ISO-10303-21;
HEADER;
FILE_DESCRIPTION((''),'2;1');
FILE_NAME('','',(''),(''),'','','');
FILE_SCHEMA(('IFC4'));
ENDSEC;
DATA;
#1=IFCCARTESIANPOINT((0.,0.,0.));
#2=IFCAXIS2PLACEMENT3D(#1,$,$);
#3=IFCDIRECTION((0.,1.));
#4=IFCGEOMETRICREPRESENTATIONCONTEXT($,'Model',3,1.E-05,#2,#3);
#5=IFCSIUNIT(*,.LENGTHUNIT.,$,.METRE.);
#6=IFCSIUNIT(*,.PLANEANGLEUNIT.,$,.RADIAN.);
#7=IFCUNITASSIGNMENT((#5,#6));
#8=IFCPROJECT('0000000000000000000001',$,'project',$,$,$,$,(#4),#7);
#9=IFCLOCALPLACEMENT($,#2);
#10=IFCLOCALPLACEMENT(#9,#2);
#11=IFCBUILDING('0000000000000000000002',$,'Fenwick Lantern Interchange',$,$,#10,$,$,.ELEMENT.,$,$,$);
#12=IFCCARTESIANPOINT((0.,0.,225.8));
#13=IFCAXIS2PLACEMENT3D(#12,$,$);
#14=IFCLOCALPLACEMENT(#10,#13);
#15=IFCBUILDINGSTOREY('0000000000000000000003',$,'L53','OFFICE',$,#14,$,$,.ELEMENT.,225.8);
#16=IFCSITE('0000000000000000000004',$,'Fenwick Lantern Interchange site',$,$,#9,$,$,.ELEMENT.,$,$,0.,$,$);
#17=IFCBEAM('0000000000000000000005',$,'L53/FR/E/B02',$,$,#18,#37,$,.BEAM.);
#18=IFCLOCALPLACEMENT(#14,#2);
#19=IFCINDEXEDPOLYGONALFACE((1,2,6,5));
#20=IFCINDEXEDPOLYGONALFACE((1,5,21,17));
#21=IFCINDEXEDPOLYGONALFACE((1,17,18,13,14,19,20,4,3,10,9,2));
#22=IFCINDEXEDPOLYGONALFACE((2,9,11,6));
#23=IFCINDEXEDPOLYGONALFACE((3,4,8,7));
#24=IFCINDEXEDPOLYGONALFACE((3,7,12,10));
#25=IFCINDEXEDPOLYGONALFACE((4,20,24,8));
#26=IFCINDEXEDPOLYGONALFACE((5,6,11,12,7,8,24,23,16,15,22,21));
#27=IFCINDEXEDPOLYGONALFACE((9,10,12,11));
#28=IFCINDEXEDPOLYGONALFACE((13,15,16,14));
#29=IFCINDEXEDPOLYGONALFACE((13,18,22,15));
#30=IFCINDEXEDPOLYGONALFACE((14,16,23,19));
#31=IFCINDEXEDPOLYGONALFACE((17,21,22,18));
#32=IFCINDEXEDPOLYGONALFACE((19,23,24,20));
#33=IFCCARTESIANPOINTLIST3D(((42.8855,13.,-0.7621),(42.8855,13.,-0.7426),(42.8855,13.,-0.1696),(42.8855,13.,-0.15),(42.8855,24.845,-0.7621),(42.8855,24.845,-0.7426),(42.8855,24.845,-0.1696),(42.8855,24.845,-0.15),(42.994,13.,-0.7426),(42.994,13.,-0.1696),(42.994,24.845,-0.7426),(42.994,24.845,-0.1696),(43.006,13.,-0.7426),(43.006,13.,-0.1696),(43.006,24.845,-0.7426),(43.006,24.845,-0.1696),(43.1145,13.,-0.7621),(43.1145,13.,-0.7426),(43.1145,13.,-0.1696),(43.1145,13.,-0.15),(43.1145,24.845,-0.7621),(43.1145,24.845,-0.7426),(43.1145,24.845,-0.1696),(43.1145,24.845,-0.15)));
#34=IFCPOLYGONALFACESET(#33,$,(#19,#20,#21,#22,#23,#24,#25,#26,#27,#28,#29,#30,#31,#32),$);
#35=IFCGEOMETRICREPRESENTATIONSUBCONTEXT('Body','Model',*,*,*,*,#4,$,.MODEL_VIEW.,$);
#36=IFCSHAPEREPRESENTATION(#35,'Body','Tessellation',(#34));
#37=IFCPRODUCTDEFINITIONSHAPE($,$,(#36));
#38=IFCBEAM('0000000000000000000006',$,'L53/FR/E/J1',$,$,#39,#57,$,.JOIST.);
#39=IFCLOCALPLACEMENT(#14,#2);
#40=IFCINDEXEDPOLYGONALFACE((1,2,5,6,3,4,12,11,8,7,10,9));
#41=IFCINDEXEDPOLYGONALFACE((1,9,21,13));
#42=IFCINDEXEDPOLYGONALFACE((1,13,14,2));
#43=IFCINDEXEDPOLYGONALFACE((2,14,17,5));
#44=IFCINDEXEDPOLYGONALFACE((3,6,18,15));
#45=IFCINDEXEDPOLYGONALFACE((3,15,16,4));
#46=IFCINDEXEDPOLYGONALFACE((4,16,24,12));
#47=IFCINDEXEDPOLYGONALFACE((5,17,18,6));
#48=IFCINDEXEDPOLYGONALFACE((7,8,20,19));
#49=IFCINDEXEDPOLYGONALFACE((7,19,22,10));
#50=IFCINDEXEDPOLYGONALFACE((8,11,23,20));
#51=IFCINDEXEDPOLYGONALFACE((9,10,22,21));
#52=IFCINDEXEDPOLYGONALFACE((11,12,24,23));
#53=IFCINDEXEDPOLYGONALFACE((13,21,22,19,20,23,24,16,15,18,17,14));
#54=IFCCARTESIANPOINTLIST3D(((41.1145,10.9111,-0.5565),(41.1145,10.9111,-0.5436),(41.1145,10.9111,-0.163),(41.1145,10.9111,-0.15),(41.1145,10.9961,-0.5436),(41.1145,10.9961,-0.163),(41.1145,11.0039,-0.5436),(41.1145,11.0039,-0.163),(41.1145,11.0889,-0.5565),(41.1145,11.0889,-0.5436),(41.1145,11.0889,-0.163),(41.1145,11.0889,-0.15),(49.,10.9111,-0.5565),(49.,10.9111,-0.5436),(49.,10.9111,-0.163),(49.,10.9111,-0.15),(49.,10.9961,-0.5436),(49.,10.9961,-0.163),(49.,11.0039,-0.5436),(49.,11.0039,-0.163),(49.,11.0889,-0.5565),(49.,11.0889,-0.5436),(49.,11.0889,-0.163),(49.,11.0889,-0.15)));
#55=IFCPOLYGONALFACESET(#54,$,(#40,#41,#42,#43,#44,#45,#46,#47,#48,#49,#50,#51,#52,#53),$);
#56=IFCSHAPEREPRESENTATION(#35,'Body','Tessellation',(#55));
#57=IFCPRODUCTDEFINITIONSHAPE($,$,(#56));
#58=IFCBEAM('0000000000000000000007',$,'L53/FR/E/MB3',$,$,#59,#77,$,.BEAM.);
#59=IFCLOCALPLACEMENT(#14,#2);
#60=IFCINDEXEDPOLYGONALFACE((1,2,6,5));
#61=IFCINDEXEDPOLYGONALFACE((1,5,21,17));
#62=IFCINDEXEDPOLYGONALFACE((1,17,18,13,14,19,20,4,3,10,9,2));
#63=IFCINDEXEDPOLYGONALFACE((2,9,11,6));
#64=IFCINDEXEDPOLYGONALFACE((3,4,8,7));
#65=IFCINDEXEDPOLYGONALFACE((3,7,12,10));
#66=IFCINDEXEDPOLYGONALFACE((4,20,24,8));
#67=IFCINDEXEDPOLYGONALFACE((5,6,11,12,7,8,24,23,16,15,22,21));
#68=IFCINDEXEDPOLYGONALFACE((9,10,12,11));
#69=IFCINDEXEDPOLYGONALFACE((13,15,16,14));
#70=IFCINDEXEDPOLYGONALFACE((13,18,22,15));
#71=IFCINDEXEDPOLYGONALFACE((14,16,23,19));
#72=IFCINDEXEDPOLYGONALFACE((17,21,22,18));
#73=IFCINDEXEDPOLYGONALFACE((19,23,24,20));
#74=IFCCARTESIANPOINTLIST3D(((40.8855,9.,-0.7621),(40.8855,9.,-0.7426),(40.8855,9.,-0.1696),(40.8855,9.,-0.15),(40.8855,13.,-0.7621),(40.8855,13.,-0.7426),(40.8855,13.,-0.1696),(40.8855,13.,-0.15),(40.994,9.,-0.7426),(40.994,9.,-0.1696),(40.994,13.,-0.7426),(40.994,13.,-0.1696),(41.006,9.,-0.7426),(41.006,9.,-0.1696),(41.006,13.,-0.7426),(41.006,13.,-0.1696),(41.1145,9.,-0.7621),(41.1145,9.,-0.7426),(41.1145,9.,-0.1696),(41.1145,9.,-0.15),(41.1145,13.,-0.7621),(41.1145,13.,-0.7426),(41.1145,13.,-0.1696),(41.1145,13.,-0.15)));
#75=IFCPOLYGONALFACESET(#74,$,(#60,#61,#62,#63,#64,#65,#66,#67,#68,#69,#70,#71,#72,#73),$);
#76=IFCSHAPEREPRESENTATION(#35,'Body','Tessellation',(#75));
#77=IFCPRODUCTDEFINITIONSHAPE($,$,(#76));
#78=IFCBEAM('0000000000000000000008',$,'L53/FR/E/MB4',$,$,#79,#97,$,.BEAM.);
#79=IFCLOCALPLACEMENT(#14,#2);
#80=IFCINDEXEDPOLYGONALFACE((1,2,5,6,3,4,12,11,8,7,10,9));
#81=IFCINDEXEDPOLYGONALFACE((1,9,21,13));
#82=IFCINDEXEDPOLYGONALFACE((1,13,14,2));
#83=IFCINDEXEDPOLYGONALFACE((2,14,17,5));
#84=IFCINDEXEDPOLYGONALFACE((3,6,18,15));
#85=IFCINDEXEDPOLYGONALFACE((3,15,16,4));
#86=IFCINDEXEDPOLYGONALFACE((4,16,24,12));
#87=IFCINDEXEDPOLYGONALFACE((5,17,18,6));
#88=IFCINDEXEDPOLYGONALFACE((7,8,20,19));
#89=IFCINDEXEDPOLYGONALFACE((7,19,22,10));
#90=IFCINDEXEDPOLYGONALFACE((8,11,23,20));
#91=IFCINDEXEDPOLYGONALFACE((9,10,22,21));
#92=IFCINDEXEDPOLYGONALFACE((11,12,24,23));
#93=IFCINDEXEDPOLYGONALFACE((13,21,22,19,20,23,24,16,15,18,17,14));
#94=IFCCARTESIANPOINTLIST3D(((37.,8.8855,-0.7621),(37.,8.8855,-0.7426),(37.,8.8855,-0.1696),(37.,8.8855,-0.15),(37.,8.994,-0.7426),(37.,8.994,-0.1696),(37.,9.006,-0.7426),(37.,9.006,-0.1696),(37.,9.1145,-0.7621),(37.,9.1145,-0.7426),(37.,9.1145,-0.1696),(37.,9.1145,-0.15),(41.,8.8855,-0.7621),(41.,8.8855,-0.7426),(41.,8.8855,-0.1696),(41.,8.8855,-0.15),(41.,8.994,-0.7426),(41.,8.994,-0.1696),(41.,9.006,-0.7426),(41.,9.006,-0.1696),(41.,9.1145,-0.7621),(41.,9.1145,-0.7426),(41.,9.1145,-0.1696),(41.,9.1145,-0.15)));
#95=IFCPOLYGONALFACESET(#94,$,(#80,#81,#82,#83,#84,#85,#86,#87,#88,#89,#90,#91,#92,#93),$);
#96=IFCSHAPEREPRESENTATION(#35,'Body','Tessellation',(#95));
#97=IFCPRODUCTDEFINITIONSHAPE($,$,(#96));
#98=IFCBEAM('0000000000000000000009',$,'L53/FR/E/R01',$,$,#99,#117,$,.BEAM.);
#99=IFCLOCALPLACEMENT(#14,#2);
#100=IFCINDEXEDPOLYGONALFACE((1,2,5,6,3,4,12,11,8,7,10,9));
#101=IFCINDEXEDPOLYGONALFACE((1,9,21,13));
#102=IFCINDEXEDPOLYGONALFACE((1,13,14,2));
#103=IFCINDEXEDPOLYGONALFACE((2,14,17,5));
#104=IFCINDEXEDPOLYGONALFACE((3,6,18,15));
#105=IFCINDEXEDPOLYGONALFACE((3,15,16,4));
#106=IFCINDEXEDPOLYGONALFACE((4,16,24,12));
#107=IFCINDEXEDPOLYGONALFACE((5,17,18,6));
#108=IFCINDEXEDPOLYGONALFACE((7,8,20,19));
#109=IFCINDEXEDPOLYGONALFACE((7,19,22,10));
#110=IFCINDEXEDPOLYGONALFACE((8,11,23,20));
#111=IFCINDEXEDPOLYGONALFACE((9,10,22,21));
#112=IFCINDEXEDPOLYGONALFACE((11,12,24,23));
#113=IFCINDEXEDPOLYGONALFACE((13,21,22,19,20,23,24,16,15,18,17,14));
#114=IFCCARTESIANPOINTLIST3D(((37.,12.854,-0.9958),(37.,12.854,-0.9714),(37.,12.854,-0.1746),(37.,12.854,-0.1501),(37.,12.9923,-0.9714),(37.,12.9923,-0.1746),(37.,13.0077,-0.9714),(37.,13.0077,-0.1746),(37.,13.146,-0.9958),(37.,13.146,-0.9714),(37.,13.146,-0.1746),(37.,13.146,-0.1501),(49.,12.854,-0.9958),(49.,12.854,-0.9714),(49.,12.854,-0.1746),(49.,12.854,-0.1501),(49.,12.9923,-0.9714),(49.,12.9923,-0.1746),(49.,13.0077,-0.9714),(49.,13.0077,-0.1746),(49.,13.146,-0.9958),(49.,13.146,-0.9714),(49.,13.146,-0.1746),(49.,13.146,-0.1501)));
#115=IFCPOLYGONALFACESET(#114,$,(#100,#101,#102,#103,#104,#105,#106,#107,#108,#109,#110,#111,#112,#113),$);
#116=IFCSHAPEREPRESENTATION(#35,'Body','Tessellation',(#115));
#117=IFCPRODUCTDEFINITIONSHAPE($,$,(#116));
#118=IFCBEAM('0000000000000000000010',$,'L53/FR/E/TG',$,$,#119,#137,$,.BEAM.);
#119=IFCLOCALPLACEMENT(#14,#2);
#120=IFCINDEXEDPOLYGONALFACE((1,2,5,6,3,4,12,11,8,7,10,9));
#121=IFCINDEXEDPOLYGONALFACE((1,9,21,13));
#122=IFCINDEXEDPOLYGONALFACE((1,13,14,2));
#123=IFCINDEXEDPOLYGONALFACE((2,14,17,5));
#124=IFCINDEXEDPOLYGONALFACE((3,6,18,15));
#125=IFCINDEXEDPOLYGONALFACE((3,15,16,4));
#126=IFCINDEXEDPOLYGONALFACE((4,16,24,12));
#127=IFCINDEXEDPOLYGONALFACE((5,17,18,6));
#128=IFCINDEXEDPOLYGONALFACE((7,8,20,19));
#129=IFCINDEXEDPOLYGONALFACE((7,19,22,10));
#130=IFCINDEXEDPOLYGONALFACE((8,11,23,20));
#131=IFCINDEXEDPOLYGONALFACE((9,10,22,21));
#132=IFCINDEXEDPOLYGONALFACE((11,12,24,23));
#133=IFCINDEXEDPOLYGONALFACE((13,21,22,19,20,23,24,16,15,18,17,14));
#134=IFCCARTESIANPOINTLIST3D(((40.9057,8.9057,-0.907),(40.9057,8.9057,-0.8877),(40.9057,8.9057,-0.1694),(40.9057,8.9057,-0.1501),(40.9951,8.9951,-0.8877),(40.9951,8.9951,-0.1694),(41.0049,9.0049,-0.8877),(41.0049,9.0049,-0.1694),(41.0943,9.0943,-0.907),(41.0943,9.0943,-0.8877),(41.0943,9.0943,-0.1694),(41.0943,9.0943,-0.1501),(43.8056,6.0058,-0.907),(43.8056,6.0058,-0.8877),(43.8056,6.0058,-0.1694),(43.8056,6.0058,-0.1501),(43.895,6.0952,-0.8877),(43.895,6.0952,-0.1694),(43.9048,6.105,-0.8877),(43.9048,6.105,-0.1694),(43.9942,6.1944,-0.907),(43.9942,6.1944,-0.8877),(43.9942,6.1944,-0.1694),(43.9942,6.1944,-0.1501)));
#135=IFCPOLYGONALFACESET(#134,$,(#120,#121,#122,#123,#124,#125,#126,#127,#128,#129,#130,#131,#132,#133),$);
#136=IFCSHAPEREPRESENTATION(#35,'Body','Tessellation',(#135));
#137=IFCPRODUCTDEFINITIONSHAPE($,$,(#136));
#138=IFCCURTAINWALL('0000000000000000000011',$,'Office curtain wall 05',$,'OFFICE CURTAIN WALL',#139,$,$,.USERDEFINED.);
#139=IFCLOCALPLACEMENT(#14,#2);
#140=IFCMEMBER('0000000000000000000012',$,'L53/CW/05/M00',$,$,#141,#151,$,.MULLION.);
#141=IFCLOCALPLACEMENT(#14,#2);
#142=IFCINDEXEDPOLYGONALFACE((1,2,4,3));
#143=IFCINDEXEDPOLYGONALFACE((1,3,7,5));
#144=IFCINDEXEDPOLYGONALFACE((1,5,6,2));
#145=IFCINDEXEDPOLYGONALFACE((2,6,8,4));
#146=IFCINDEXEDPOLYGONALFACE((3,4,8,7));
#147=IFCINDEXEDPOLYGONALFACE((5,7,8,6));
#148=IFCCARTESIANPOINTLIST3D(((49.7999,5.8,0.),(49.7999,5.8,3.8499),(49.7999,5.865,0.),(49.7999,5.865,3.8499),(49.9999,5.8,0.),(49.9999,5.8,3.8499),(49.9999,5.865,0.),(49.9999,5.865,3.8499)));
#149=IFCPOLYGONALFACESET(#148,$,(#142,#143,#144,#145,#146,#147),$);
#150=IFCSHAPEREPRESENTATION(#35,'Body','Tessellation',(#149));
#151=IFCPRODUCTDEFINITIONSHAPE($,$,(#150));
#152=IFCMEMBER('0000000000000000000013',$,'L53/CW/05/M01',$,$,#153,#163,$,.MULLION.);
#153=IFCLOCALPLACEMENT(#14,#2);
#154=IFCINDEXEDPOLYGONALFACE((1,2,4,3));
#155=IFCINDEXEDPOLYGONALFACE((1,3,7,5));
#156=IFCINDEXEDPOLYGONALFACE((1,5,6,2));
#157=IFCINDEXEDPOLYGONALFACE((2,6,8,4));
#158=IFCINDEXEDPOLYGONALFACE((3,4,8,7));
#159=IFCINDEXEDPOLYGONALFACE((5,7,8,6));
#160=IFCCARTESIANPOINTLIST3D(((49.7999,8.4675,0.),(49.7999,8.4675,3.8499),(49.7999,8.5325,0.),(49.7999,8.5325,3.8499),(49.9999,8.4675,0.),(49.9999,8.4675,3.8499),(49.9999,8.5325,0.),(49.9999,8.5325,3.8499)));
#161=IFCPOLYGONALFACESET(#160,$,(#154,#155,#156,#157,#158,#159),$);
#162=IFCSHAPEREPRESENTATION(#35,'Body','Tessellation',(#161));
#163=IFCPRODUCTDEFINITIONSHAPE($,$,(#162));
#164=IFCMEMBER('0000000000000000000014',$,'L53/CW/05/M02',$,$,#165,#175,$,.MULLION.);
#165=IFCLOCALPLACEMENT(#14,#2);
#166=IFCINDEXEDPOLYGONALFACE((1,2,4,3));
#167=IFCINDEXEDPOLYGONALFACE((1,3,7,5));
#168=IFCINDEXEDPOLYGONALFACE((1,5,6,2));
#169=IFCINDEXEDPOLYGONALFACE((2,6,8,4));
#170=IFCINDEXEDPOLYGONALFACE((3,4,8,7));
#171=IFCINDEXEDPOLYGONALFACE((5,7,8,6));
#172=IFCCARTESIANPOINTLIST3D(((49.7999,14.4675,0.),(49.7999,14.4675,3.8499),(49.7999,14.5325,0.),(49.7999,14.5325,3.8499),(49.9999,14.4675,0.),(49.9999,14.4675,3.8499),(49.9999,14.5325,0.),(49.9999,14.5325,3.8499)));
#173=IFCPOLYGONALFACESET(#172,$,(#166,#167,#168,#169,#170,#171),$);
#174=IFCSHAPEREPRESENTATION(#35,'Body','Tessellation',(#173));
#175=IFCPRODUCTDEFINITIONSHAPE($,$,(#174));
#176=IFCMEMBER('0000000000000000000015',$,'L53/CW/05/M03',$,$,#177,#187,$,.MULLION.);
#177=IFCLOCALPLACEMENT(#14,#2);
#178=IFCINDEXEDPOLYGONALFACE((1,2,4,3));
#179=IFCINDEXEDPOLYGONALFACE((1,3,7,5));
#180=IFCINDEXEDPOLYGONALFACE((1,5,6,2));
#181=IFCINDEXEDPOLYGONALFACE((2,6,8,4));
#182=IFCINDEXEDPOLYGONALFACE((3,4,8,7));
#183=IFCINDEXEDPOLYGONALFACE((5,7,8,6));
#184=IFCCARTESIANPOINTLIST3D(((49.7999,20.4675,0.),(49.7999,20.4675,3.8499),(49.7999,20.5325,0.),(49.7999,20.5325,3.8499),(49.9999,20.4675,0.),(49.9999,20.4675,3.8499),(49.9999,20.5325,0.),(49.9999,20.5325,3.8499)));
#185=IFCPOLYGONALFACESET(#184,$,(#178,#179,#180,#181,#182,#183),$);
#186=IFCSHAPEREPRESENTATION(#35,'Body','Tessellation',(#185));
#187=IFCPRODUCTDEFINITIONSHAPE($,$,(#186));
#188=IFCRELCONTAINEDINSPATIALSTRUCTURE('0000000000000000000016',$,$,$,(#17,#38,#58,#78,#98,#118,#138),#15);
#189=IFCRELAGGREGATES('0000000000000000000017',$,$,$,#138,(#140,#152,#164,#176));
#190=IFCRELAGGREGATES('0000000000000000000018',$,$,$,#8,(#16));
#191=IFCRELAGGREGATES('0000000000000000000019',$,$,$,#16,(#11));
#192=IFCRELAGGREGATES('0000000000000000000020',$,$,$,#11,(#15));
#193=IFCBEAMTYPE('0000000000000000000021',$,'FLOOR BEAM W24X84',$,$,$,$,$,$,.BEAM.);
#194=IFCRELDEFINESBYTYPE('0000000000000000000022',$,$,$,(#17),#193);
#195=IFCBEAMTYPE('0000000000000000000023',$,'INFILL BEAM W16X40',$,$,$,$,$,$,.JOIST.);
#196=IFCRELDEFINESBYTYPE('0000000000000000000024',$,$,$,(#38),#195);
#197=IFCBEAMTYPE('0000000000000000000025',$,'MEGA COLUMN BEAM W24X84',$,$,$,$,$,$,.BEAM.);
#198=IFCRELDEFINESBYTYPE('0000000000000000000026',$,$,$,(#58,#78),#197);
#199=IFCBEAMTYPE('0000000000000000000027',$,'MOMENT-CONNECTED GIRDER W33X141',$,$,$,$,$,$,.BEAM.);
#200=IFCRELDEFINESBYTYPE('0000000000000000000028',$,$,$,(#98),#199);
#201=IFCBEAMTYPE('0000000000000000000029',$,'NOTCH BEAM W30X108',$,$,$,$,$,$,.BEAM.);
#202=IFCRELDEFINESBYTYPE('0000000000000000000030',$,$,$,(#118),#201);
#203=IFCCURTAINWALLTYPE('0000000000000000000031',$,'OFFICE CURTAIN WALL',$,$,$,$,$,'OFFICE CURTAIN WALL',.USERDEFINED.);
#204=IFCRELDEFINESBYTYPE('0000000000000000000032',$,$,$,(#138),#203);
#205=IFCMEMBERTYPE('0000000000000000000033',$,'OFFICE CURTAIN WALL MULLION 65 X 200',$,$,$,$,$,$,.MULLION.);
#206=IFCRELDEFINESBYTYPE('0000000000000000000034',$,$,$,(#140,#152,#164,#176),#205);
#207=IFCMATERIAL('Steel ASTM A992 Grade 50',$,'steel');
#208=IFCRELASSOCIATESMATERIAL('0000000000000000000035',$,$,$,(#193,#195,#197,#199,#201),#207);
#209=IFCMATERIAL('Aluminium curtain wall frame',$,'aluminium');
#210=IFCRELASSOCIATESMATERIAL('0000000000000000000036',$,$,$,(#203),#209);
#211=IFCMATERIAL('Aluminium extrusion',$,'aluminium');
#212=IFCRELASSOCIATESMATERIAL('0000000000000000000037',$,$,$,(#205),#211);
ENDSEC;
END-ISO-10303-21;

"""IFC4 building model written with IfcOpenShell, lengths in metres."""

from ifc_helpers import new_model, si_unit, direction, frame, origin, origin_2d, place, context, subcontext, project, spatial, rectangle, i_section, extrude, material, material_profile, profile_set, type_object, element, aggregate, save


model = new_model("IFC4")

# Units and contexts
model_context = context("Model", 3, precision=1e-05, world=origin(), true_north=direction((0.0, 1.0)))
body_context = subcontext(model_context, "Body", "Model", "MODEL_VIEW")
ifc_project = project(units=[si_unit("LENGTHUNIT", "METRE"), si_unit("PLANEANGLEUNIT", "RADIAN")], contexts=[model_context])

# Site, building, storey
site_placement = place(None, origin())
site = spatial("IfcSite", under=ifc_project, at=site_placement, Name="Fenwick Lantern Interchange site", CompositionType="ELEMENT", RefElevation=0.0)
building_placement = place(site_placement, origin())
building = spatial("IfcBuilding", under=site, at=building_placement, Name="Fenwick Lantern Interchange", CompositionType="ELEMENT")
storey_placement = place(building_placement, frame((0.0, 0.0, 225.8)))
storey = spatial("IfcBuildingStorey", under=building, at=storey_placement, Name="L53", Description="OFFICE", CompositionType="ELEMENT", Elevation=225.8)

# Shared definitions
ifc_material_1 = material(Name="Steel ASTM A992 Grade 50", Category="steel")

# Beams
ifc_material_profile_1 = material_profile(ifc_material_1, i_section(OverallWidth=0.229, OverallDepth=0.6121, WebThickness=0.012, FlangeThickness=0.0195, at=origin_2d()), Name="W24X84")
ifc_profile_set_1 = profile_set([ifc_material_profile_1], Name="Steel ASTM A992 Grade 50")
beam_type_1 = type_object("IfcBeamType", Name="FLOOR BEAM W24X84", PredefinedType="BEAM", material=ifc_profile_set_1)
for number, where, z_axis, x_axis, name in (
    (1, (43.0, 13.0, -0.4561), (0.0, 1.0, 0.0), (-1.0, 0.0, 0.0), "L53/FR/E/B02"),
):
    element("IfcBeam", number, at=place(storey_placement, frame(where, z_axis=z_axis, x_axis=x_axis)), inside=storey, type_object=beam_type_1, Name=name, PredefinedType="BEAM", context=body_context, shape_type="SweptSolid", body=[
        extrude(i_section(OverallWidth=0.229, OverallDepth=0.6121, WebThickness=0.012, FlangeThickness=0.0195, at=origin_2d()), origin(), (0.0, 0.0, 1.0), 11.845),
    ])
ifc_material_profile_2 = material_profile(ifc_material_1, i_section(OverallWidth=0.1777, OverallDepth=0.4065, WebThickness=0.0078, FlangeThickness=0.0129, at=origin_2d()), Name="W16X40")
ifc_profile_set_2 = profile_set([ifc_material_profile_2], Name="Steel ASTM A992 Grade 50")
beam_type_2 = type_object("IfcBeamType", Name="INFILL BEAM W16X40", PredefinedType="JOIST", material=ifc_profile_set_2)
beam_1_placement = place(storey_placement, frame((49.0, 11.0, -0.3533), z_axis=(-1.0, 0.0, 0.0), x_axis=(0.0, -1.0, 0.0)))
element("IfcBeam", 2, at=beam_1_placement, inside=storey, type_object=beam_type_2, Name="L53/FR/E/J1", PredefinedType="JOIST", context=body_context, shape_type="SweptSolid", body=[
    extrude(i_section(OverallWidth=0.1777, OverallDepth=0.4065, WebThickness=0.0078, FlangeThickness=0.0129, at=origin_2d()), origin(), (0.0, 0.0, 1.0), 7.8855),
])
ifc_material_profile_3 = material_profile(ifc_material_1, i_section(OverallWidth=0.229, OverallDepth=0.6121, WebThickness=0.012, FlangeThickness=0.0195, at=origin_2d()), Name="W24X84")
ifc_profile_set_3 = profile_set([ifc_material_profile_3], Name="Steel ASTM A992 Grade 50")
beam_type_3 = type_object("IfcBeamType", Name="MEGA COLUMN BEAM W24X84", PredefinedType="BEAM", material=ifc_profile_set_3)
for number, where, z_axis, x_axis, name in (
    (3, (41.0, 9.0, -0.4561), (0.0, 1.0, 0.0), (-1.0, 0.0, 0.0), "L53/FR/E/MB3"),
    (4, (41.0, 9.0, -0.4561), (-1.0, 0.0, 0.0), (0.0, -1.0, 0.0), "L53/FR/E/MB4"),
):
    element("IfcBeam", number, at=place(storey_placement, frame(where, z_axis=z_axis, x_axis=x_axis)), inside=storey, type_object=beam_type_3, Name=name, PredefinedType="BEAM", context=body_context, shape_type="SweptSolid", body=[
        extrude(i_section(OverallWidth=0.229, OverallDepth=0.6121, WebThickness=0.012, FlangeThickness=0.0195, at=origin_2d()), origin(), (0.0, 0.0, 1.0), 4.0),
    ])
ifc_material_profile_4 = material_profile(ifc_material_1, i_section(OverallWidth=0.292, OverallDepth=0.8457, WebThickness=0.0154, FlangeThickness=0.0244, at=origin_2d()), Name="W33X141")
ifc_profile_set_4 = profile_set([ifc_material_profile_4], Name="Steel ASTM A992 Grade 50")
beam_type_4 = type_object("IfcBeamType", Name="MOMENT-CONNECTED GIRDER W33X141", PredefinedType="BEAM", material=ifc_profile_set_4)
beam_2_placement = place(storey_placement, frame((49.0, 13.0, -0.573), z_axis=(-1.0, 0.0, 0.0), x_axis=(0.0, -1.0, 0.0)))
element("IfcBeam", 5, at=beam_2_placement, inside=storey, type_object=beam_type_4, Name="L53/FR/E/R01", PredefinedType="BEAM", context=body_context, shape_type="SweptSolid", body=[
    extrude(i_section(OverallWidth=0.292, OverallDepth=0.8457, WebThickness=0.0154, FlangeThickness=0.0244, at=origin_2d()), origin(), (0.0, 0.0, 1.0), 12.0),
])
ifc_material_profile_5 = material_profile(ifc_material_1, i_section(OverallWidth=0.2666, OverallDepth=0.7568, WebThickness=0.0139, FlangeThickness=0.0193, at=origin_2d()), Name="W30X108")
ifc_profile_set_5 = profile_set([ifc_material_profile_5], Name="Steel ASTM A992 Grade 50")
beam_type_5 = type_object("IfcBeamType", Name="NOTCH BEAM W30X108", PredefinedType="BEAM", material=ifc_profile_set_5)
beam_3_placement = place(storey_placement, frame((41.0, 9.0, -0.5286), z_axis=(0.707107, -0.707107, 0.0), x_axis=(0.707107, 0.707107, 0.0)))
element("IfcBeam", 6, at=beam_3_placement, inside=storey, type_object=beam_type_5, Name="L53/FR/E/TG", PredefinedType="BEAM", context=body_context, shape_type="SweptSolid", body=[
    extrude(i_section(OverallWidth=0.2666, OverallDepth=0.7568, WebThickness=0.0139, FlangeThickness=0.0193, at=origin_2d()), origin(), (0.0, 0.0, 1.0), 4.1011),
])

# Curtain wall, members
ifc_material_2 = material(Name="Aluminium curtain wall frame", Category="aluminium")
curtain_wall_type = type_object("IfcCurtainWallType", Name="OFFICE CURTAIN WALL", ElementType="OFFICE CURTAIN WALL", PredefinedType="USERDEFINED", material=ifc_material_2)
curtain_wall_placement = place(storey_placement, origin())
curtain_wall = element("IfcCurtainWall", 7, at=curtain_wall_placement, inside=storey, type_object=curtain_wall_type, Name="Office curtain wall 05", ObjectType="OFFICE CURTAIN WALL", PredefinedType="USERDEFINED")
ifc_material_3 = material(Name="Aluminium extrusion", Category="aluminium")
ifc_material_profile_6 = material_profile(ifc_material_3, rectangle(XDim=0.2, YDim=0.0649, at=origin_2d()), Name="OFFICE CURTAIN WALL MULLION 65 X 200")
ifc_profile_set_6 = profile_set([ifc_material_profile_6], Name="Aluminium extrusion")
member_type_1 = type_object("IfcMemberType", Name="OFFICE CURTAIN WALL MULLION 65 X 200", PredefinedType="MULLION", material=ifc_profile_set_6)
member_1_placement = place(storey_placement, frame((49.8999, 5.8325, 0.0), z_axis=(0.0, 0.0, 1.0), x_axis=(-1.0, 0.0, 0.0)))
member_1 = element("IfcMember", 8, at=member_1_placement, type_object=member_type_1, Name="L53/CW/05/M00", PredefinedType="MULLION", context=body_context, shape_type="SweptSolid", body=[
    extrude(rectangle(XDim=0.2, YDim=0.0649, at=origin_2d()), origin(), (0.0, 0.0, 1.0), 3.8499),
])
member_2_placement = place(storey_placement, frame((49.8999, 8.5, 0.0), z_axis=(0.0, 0.0, 1.0), x_axis=(-1.0, 0.0, 0.0)))
member_2 = element("IfcMember", 9, at=member_2_placement, type_object=member_type_1, Name="L53/CW/05/M01", PredefinedType="MULLION", context=body_context, shape_type="SweptSolid", body=[
    extrude(rectangle(XDim=0.2, YDim=0.0649, at=origin_2d()), origin(), (0.0, 0.0, 1.0), 3.8499),
])
member_3_placement = place(storey_placement, frame((49.8999, 14.5, 0.0), z_axis=(0.0, 0.0, 1.0), x_axis=(-1.0, 0.0, 0.0)))
member_3 = element("IfcMember", 10, at=member_3_placement, type_object=member_type_1, Name="L53/CW/05/M02", PredefinedType="MULLION", context=body_context, shape_type="SweptSolid", body=[
    extrude(rectangle(XDim=0.2, YDim=0.0649, at=origin_2d()), origin(), (0.0, 0.0, 1.0), 3.8499),
])
member_4_placement = place(storey_placement, frame((49.8999, 20.5, 0.0), z_axis=(0.0, 0.0, 1.0), x_axis=(-1.0, 0.0, 0.0)))
member_4 = element("IfcMember", 11, at=member_4_placement, type_object=member_type_1, Name="L53/CW/05/M03", PredefinedType="MULLION", context=body_context, shape_type="SweptSolid", body=[
    extrude(rectangle(XDim=0.2, YDim=0.0649, at=origin_2d()), origin(), (0.0, 0.0, 1.0), 3.8499),
])
aggregate(curtain_wall, [member_1, member_2, member_3, member_4])

save(model, "model.ifc")
